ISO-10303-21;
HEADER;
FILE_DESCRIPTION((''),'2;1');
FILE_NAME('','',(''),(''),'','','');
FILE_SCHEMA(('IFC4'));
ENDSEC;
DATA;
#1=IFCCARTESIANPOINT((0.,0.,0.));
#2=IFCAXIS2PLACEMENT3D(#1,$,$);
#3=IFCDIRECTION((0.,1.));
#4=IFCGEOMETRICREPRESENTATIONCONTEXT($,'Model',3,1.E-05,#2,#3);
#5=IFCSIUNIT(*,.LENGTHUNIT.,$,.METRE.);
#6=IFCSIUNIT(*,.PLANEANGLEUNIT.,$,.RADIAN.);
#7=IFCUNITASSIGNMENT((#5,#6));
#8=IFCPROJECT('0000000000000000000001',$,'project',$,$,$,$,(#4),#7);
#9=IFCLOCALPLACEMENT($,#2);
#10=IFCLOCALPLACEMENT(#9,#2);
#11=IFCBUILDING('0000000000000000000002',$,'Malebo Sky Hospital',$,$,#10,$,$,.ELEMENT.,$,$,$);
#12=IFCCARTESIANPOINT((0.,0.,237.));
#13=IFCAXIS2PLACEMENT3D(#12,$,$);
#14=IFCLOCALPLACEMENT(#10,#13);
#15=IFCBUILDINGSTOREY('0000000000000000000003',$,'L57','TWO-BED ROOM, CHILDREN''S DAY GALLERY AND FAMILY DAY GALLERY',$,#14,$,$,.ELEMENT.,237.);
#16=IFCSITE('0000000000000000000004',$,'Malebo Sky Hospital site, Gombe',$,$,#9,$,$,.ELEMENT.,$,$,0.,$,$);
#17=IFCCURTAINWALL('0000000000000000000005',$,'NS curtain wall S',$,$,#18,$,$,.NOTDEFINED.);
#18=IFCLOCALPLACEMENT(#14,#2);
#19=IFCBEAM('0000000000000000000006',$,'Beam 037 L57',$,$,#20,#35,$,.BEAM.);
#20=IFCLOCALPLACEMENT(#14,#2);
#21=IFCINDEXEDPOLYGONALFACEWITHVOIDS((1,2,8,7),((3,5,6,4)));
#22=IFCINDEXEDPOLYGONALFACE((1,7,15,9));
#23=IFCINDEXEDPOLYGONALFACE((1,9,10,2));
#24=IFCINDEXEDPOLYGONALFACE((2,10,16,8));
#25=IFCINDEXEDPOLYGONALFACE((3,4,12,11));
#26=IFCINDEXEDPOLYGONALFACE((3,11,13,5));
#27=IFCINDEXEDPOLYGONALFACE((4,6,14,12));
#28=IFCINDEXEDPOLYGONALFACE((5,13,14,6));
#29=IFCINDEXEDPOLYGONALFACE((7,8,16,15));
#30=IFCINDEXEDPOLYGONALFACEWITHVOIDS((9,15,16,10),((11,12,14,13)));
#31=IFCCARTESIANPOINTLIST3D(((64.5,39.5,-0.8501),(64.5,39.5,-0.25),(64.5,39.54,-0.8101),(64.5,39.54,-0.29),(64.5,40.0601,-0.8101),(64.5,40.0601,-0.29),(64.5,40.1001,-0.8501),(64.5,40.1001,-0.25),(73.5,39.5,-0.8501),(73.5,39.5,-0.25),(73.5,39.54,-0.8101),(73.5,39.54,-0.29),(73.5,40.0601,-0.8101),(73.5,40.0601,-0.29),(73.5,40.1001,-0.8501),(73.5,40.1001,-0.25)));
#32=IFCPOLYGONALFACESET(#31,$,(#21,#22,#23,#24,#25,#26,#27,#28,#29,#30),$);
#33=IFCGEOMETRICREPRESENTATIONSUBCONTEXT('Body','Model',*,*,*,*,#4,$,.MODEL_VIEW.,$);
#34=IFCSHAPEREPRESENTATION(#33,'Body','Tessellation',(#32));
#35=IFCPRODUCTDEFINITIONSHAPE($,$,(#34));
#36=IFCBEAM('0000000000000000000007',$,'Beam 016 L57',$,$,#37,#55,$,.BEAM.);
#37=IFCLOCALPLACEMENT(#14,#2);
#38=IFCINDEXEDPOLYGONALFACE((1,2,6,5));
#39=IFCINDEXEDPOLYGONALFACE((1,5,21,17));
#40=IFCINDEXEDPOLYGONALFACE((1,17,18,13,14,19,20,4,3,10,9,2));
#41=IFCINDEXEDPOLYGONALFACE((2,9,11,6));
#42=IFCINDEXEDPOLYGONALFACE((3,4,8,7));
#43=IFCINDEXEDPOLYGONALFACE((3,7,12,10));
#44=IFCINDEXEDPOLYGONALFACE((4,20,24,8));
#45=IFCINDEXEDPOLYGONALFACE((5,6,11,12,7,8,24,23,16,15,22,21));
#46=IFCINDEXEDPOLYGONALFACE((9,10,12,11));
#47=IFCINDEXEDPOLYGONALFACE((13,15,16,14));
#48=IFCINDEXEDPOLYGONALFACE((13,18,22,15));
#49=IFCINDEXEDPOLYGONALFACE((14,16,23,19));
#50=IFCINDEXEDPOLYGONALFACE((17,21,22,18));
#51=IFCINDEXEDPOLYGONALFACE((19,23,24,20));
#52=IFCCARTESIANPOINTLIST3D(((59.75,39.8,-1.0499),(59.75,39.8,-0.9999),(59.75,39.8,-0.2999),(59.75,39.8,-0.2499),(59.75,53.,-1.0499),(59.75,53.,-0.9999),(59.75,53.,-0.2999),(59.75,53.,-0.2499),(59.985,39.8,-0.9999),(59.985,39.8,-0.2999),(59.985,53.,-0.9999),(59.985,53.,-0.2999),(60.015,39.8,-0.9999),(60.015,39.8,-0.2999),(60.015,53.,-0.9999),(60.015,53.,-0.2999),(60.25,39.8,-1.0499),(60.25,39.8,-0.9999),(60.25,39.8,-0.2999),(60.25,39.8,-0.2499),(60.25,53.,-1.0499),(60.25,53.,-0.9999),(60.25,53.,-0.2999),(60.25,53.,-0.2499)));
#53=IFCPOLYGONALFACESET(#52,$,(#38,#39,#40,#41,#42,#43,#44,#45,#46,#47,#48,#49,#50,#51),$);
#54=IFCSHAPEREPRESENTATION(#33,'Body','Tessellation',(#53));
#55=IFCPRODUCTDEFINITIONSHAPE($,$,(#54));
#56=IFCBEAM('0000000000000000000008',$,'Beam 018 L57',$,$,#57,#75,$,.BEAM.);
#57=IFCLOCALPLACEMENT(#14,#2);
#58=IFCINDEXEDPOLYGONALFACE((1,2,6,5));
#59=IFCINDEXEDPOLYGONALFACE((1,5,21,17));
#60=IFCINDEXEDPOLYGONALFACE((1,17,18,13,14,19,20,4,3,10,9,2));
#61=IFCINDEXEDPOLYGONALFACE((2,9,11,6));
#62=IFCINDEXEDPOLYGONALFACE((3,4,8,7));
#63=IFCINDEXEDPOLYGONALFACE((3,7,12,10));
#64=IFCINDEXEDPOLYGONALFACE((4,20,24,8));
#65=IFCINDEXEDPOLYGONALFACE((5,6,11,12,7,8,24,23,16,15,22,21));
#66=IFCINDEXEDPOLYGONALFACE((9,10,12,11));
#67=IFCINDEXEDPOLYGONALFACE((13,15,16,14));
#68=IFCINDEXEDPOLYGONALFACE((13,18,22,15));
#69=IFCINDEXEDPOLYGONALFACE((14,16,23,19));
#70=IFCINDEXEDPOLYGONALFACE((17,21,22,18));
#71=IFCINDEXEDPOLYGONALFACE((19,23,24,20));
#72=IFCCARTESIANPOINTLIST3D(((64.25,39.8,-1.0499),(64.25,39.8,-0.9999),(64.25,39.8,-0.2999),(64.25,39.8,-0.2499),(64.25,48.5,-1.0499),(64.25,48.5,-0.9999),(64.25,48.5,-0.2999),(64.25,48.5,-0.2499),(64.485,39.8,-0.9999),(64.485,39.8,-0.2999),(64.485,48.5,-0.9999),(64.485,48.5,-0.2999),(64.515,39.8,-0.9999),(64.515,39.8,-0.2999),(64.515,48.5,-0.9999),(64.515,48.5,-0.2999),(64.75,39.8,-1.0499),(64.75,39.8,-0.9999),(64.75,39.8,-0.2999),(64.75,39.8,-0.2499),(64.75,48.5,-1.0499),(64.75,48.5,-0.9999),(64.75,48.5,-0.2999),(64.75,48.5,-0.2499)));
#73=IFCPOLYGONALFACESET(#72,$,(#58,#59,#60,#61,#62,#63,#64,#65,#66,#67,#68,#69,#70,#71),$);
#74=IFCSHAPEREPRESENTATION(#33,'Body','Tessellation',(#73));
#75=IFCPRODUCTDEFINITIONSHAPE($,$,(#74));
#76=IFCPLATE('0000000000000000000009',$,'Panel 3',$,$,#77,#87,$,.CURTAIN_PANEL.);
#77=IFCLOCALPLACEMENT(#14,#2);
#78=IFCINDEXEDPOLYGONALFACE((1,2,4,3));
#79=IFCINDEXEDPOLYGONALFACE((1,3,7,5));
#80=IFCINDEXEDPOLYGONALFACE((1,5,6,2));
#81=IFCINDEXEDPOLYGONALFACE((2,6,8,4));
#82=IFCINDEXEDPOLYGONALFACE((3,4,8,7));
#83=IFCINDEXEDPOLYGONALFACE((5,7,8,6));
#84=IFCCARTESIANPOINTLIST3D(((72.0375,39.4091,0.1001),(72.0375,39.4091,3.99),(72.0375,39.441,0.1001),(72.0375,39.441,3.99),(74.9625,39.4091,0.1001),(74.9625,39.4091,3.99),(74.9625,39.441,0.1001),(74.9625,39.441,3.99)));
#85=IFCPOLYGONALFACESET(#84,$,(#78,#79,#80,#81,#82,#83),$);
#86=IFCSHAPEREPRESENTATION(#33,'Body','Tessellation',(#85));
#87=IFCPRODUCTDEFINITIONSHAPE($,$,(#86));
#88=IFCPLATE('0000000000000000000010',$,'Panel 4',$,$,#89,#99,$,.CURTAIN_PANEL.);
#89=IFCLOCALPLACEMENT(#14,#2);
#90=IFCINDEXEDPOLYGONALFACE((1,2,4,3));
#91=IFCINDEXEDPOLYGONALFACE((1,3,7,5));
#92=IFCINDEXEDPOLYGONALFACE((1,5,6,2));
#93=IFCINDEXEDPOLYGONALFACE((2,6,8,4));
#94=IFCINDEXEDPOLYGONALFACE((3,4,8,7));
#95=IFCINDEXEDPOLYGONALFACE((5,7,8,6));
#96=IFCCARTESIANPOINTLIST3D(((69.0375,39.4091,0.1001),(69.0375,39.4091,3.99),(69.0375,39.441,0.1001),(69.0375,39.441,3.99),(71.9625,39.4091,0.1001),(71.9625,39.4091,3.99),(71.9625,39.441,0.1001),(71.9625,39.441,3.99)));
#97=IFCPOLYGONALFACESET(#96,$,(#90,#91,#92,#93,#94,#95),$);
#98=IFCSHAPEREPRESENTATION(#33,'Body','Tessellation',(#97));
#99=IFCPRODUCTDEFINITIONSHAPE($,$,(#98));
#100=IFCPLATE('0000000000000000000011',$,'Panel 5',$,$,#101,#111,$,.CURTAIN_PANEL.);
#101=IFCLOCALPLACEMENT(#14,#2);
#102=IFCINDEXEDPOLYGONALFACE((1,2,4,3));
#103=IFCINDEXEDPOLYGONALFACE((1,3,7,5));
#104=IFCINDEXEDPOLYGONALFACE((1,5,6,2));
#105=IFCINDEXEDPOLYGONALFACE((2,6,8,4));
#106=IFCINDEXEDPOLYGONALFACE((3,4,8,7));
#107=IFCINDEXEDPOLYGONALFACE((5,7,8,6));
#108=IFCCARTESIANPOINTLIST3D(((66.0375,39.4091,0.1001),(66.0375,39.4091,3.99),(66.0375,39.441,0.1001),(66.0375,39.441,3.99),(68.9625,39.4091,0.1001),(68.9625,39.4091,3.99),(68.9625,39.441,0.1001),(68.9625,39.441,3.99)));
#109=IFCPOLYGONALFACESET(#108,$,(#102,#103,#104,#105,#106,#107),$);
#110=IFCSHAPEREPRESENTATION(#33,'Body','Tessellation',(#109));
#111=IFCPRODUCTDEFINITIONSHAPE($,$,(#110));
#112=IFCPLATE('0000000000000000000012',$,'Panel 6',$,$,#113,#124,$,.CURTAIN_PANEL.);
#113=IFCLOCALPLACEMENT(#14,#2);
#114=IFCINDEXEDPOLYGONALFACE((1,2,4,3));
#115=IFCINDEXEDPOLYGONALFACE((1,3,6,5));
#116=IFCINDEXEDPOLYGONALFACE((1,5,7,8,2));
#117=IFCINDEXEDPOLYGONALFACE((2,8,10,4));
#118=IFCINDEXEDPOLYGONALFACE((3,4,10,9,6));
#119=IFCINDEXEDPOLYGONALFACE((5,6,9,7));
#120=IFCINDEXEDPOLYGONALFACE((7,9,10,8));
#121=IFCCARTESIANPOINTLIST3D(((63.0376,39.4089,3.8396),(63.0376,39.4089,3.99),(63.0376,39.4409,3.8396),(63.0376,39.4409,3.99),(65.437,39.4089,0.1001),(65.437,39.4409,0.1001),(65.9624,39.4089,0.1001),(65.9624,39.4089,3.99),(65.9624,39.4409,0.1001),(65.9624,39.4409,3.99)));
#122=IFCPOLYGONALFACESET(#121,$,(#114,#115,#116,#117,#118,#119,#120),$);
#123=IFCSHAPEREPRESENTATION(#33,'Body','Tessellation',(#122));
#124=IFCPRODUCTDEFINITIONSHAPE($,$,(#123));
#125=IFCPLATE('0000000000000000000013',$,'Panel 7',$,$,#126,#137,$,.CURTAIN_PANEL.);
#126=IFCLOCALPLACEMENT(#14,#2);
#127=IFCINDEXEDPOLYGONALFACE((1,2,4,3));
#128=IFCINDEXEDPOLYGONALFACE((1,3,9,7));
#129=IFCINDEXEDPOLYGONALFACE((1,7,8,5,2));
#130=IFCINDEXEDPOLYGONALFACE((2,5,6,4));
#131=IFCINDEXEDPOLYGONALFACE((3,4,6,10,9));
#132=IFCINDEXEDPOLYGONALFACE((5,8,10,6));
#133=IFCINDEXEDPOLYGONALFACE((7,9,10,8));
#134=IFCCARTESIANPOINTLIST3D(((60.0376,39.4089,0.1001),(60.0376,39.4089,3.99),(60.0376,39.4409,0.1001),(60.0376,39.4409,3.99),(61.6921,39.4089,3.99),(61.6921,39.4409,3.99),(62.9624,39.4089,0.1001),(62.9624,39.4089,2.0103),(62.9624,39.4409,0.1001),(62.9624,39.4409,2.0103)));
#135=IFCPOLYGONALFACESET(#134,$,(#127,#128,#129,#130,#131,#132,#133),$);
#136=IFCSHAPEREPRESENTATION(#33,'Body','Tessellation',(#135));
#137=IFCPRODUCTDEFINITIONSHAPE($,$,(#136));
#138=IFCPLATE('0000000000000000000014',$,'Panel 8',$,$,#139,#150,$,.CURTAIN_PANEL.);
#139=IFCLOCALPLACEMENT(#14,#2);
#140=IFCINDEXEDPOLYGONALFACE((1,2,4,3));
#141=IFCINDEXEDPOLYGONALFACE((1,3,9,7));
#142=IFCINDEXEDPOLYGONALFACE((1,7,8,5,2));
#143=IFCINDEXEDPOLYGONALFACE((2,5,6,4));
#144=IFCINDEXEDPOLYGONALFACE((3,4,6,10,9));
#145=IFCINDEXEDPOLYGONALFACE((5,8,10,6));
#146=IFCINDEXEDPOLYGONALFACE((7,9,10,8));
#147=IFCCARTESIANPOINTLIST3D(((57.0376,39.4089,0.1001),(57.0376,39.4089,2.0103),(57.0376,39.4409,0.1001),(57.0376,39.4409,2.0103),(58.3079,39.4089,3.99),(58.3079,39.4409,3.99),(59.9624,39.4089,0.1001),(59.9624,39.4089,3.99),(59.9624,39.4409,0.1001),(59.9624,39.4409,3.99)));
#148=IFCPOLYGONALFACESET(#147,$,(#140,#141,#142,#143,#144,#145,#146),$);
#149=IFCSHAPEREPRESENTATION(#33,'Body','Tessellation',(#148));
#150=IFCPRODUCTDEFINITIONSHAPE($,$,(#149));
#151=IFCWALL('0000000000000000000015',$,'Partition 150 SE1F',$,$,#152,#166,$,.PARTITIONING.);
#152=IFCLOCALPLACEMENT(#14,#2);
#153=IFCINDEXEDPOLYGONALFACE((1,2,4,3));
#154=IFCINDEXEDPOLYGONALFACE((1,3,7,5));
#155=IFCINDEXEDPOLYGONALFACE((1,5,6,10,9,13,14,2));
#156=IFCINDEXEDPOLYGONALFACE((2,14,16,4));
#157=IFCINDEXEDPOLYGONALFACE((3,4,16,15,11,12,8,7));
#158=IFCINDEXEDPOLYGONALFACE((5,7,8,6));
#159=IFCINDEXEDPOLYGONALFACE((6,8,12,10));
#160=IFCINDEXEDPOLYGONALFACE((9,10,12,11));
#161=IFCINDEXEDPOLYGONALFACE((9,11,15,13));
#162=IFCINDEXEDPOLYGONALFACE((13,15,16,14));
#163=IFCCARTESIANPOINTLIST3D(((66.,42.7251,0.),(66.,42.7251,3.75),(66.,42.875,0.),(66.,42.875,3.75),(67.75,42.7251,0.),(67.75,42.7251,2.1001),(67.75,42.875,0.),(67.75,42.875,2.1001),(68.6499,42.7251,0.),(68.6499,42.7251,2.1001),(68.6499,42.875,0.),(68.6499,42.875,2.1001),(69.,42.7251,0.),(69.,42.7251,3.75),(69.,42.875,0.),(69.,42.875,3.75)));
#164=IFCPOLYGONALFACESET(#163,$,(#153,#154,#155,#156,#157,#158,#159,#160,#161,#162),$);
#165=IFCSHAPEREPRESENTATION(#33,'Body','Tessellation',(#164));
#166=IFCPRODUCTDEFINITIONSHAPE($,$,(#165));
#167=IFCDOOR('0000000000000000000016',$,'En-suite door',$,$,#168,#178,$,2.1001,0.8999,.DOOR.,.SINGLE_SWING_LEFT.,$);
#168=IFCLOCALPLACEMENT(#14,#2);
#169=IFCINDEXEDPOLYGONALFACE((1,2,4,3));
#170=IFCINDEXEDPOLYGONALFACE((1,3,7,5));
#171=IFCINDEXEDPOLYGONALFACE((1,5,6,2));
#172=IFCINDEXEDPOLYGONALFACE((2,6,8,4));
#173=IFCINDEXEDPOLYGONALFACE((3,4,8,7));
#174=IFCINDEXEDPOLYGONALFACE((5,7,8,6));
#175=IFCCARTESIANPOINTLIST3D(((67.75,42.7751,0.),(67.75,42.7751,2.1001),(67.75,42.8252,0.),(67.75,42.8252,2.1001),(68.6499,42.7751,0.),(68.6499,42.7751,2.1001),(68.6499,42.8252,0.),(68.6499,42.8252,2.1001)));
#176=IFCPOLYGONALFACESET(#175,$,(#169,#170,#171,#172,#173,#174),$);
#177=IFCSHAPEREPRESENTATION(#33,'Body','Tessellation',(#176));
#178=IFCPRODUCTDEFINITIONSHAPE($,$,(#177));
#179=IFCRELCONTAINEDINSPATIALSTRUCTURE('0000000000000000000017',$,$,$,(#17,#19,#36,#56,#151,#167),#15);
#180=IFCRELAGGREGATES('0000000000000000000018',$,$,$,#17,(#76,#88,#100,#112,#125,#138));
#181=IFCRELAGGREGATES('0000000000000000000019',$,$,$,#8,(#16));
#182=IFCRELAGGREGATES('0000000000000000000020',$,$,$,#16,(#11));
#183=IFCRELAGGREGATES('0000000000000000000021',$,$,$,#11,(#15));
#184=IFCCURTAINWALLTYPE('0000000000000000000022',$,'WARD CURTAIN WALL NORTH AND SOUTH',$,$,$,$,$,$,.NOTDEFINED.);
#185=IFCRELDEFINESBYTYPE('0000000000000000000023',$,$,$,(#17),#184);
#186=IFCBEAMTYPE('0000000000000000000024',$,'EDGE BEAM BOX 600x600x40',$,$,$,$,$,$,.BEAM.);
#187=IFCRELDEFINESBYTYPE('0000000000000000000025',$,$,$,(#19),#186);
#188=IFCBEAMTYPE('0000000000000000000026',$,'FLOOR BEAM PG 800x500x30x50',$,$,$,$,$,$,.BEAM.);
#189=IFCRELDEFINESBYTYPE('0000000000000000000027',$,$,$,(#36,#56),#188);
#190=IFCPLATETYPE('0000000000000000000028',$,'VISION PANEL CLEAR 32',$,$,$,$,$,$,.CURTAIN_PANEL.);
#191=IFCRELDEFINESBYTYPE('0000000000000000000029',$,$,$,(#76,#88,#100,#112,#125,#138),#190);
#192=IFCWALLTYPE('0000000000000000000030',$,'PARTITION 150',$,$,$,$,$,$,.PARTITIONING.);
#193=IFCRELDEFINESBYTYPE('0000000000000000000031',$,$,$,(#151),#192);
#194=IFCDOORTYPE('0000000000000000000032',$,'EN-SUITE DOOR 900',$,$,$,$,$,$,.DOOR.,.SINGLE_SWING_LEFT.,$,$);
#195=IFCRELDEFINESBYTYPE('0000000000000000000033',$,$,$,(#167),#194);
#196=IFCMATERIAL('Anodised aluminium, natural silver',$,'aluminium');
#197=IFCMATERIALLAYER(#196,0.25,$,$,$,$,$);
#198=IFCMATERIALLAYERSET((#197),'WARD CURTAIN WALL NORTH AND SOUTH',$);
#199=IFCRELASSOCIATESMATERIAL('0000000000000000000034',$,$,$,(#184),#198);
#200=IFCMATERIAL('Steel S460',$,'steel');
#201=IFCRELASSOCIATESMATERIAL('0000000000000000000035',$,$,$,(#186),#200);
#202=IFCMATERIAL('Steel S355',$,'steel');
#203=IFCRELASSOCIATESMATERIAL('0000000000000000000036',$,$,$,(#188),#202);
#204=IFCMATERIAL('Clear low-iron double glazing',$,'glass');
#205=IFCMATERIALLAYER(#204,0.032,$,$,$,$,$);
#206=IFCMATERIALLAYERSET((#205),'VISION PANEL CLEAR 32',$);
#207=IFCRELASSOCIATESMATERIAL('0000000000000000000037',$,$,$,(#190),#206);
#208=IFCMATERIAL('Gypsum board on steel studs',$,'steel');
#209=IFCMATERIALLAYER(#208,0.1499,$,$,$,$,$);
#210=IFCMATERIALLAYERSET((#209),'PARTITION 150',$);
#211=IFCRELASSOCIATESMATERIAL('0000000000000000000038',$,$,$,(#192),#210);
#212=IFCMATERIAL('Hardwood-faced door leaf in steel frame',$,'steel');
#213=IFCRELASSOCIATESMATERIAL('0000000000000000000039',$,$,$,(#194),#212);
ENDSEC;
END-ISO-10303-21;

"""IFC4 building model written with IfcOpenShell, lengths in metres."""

from ifc_helpers import new_model, si_unit, direction, frame, frame_2d, origin, origin_2d, place, context, subcontext, project, spatial, polyline, rectangle, hollow_rectangle, i_section, outline, extrude, material, layer, layer_set, material_profile, profile_set, type_object, element, fill, aggregate, save


model = new_model("IFC4")

# Units and contexts
model_context = context("Model", 3, precision=1e-05, world=origin(), true_north=direction((0.0, 1.0)))
body_context = subcontext(model_context, "Body", "Model", "MODEL_VIEW")
ifc_project = project(units=[si_unit("LENGTHUNIT", "METRE"), si_unit("PLANEANGLEUNIT", "RADIAN")], contexts=[model_context])

# Site, building, storey
site_placement = place(None, origin())
site = spatial("IfcSite", under=ifc_project, at=site_placement, Name="Malebo Sky Hospital site, Gombe", CompositionType="ELEMENT", RefElevation=0.0)
building_placement = place(site_placement, origin())
building = spatial("IfcBuilding", under=site, at=building_placement, Name="Malebo Sky Hospital", CompositionType="ELEMENT")
storey_placement = place(building_placement, frame((0.0, 0.0, 237.0)))
storey = spatial("IfcBuildingStorey", under=building, at=storey_placement, Name="L57", Description="TWO-BED ROOM, CHILDREN'S DAY GALLERY AND FAMILY DAY GALLERY", CompositionType="ELEMENT", Elevation=237.0)

# Shared definitions
ifc_material_1 = material(Name="Steel S460", Category="steel")

# Curtain wall
ifc_material_2 = material(Name="Anodised aluminium, natural silver", Category="aluminium")
ifc_layer_1 = layer(ifc_material_2, 0.25)
ifc_layer_set_1 = layer_set([ifc_layer_1], Name="WARD CURTAIN WALL NORTH AND SOUTH")
curtain_wall_type = type_object("IfcCurtainWallType", Name="WARD CURTAIN WALL NORTH AND SOUTH", PredefinedType="NOTDEFINED", material=ifc_layer_set_1)
curtain_wall_placement = place(storey_placement, origin())
curtain_wall = element("IfcCurtainWall", 1, at=curtain_wall_placement, inside=storey, type_object=curtain_wall_type, Name="NS curtain wall S", PredefinedType="NOTDEFINED")

# Shared definitions
ifc_material_3 = material(Name="Steel S355", Category="steel")

# Beams
ifc_material_profile_1 = material_profile(ifc_material_1, hollow_rectangle(XDim=0.6001, YDim=0.6001, WallThickness=0.04, at=origin_2d()), Name="BOX 600x600x40")
ifc_profile_set_1 = profile_set([ifc_material_profile_1], Name="Steel S460")
beam_type_1 = type_object("IfcBeamType", Name="EDGE BEAM BOX 600x600x40", PredefinedType="BEAM", material=ifc_profile_set_1)
beam_1_placement = place(storey_placement, frame((64.5, 39.8, -0.55), z_axis=(1.0, 0.0, 0.0), x_axis=(0.0, 1.0, 0.0)))
element("IfcBeam", 2, at=beam_1_placement, inside=storey, type_object=beam_type_1, Name="Beam 037 L57", PredefinedType="BEAM", context=body_context, shape_type="SweptSolid", body=[
    extrude(hollow_rectangle(XDim=0.6001, YDim=0.6001, WallThickness=0.04, at=origin_2d()), origin(), (0.0, 0.0, 1.0), 9.0),
])
ifc_material_profile_2 = material_profile(ifc_material_3, i_section(OverallWidth=0.5, OverallDepth=0.8, WebThickness=0.03, FlangeThickness=0.05, at=origin_2d()), Name="PG 800x500x30x50")
ifc_profile_set_2 = profile_set([ifc_material_profile_2], Name="Steel S355")
beam_type_2 = type_object("IfcBeamType", Name="FLOOR BEAM PG 800x500x30x50", PredefinedType="BEAM", material=ifc_profile_set_2)
beam_2_placement = place(storey_placement, frame((60.0, 39.8, -0.6499), z_axis=(0.0, 1.0, 0.0), x_axis=(-1.0, 0.0, 0.0)))
element("IfcBeam", 3, at=beam_2_placement, inside=storey, type_object=beam_type_2, Name="Beam 016 L57", PredefinedType="BEAM", context=body_context, shape_type="SweptSolid", body=[
    extrude(i_section(OverallWidth=0.5, OverallDepth=0.8, WebThickness=0.03, FlangeThickness=0.05, at=origin_2d()), origin(), (0.0, 0.0, 1.0), 13.2),
])
beam_3_placement = place(storey_placement, frame((64.5, 39.8, -0.6499), z_axis=(0.0, 1.0, 0.0), x_axis=(-1.0, 0.0, 0.0)))
element("IfcBeam", 4, at=beam_3_placement, inside=storey, type_object=beam_type_2, Name="Beam 018 L57", PredefinedType="BEAM", context=body_context, shape_type="SweptSolid", body=[
    extrude(i_section(OverallWidth=0.5, OverallDepth=0.8, WebThickness=0.03, FlangeThickness=0.05, at=origin_2d()), origin(), (0.0, 0.0, 1.0), 8.7),
])

# Plates
ifc_material_4 = material(Name="Clear low-iron double glazing", Category="glass")
ifc_layer_2 = layer(ifc_material_4, 0.032)
ifc_layer_set_2 = layer_set([ifc_layer_2], Name="VISION PANEL CLEAR 32")
plate_type = type_object("IfcPlateType", Name="VISION PANEL CLEAR 32", PredefinedType="CURTAIN_PANEL", material=ifc_layer_set_2)
plate_1_placement = place(storey_placement, frame((73.5, 39.425, 0.1001), z_axis=(0.0, 0.0, 1.0), x_axis=(-1.0, 0.0, 0.0)))
plate_1 = element("IfcPlate", 5, at=plate_1_placement, type_object=plate_type, Name="Panel 3", PredefinedType="CURTAIN_PANEL", context=body_context, shape_type="SweptSolid", body=[
    extrude(rectangle(XDim=2.925, YDim=0.032, at=origin_2d()), origin(), (0.0, 0.0, 1.0), 3.8899),
])
plate_2_placement = place(storey_placement, frame((70.5, 39.425, 0.1001), z_axis=(0.0, 0.0, 1.0), x_axis=(-1.0, 0.0, 0.0)))
plate_2 = element("IfcPlate", 6, at=plate_2_placement, type_object=plate_type, Name="Panel 4", PredefinedType="CURTAIN_PANEL", context=body_context, shape_type="SweptSolid", body=[
    extrude(rectangle(XDim=2.925, YDim=0.032, at=origin_2d()), origin(), (0.0, 0.0, 1.0), 3.8899),
])
plate_3_placement = place(storey_placement, frame((67.5, 39.425, 0.1001), z_axis=(0.0, 0.0, 1.0), x_axis=(-1.0, 0.0, 0.0)))
plate_3 = element("IfcPlate", 7, at=plate_3_placement, type_object=plate_type, Name="Panel 5", PredefinedType="CURTAIN_PANEL", context=body_context, shape_type="SweptSolid", body=[
    extrude(rectangle(XDim=2.925, YDim=0.032, at=origin_2d()), origin(), (0.0, 0.0, 1.0), 3.8899),
])
plate_4_placement = place(storey_placement, frame((64.5, 39.425, 0.1001), z_axis=(0.0, 0.0, 1.0), x_axis=(-1.0, 0.0, 0.0)))
plate_4 = element("IfcPlate", 8, at=plate_4_placement, type_object=plate_type, Name="Panel 6", PredefinedType="CURTAIN_PANEL", context=body_context, shape_type="SweptSolid", body=[
    extrude(outline(polyline([(-1.4624, 0.0), (-0.937, 0.0), (1.4624, 3.7395), (1.4624, 3.8899), (-1.4624, 3.8899), (-1.4624, 0.0)])), frame((0.0, 0.0161, 0.0), z_axis=(0.0, -1.0, 0.0), x_axis=(1.0, 0.0, 0.0)), (0.0, 0.0, 1.0), 0.032),
])
plate_5_placement = place(storey_placement, frame((61.5, 39.425, 0.1001), z_axis=(0.0, 0.0, 1.0), x_axis=(-1.0, 0.0, 0.0)))
plate_5 = element("IfcPlate", 9, at=plate_5_placement, type_object=plate_type, Name="Panel 7", PredefinedType="CURTAIN_PANEL", context=body_context, shape_type="SweptSolid", body=[
    extrude(outline(polyline([(-1.4624, 0.0), (1.4624, 0.0), (1.4624, 3.8899), (-0.1921, 3.8899), (-1.4624, 1.9102), (-1.4624, 0.0)])), frame((0.0, 0.0161, 0.0), z_axis=(0.0, -1.0, 0.0), x_axis=(1.0, 0.0, 0.0)), (0.0, 0.0, 1.0), 0.032),
])
plate_6_placement = place(storey_placement, frame((58.5, 39.425, 0.1001), z_axis=(0.0, 0.0, 1.0), x_axis=(-1.0, 0.0, 0.0)))
plate_6 = element("IfcPlate", 10, at=plate_6_placement, type_object=plate_type, Name="Panel 8", PredefinedType="CURTAIN_PANEL", context=body_context, shape_type="SweptSolid", body=[
    extrude(outline(polyline([(-1.4624, 0.0), (1.4624, 0.0), (1.4624, 1.9102), (0.1921, 3.8899), (-1.4624, 3.8899), (-1.4624, 0.0)])), frame((0.0, 0.0161, 0.0), z_axis=(0.0, -1.0, 0.0), x_axis=(1.0, 0.0, 0.0)), (0.0, 0.0, 1.0), 0.032),
])
aggregate(curtain_wall, [plate_1, plate_2, plate_3, plate_4, plate_5, plate_6])

# Wall, opening, door
ifc_material_5 = material(Name="Gypsum board on steel studs", Category="steel")
ifc_layer_3 = layer(ifc_material_5, 0.1499)
ifc_layer_set_3 = layer_set([ifc_layer_3], Name="PARTITION 150")
wall_type = type_object("IfcWallType", Name="PARTITION 150", PredefinedType="PARTITIONING", material=ifc_layer_set_3)
wall_1_placement = place(storey_placement, frame((69.0, 42.8, 0.0), z_axis=(0.0, 0.0, 1.0), x_axis=(-1.0, 0.0, 0.0)))
wall_1 = element("IfcWall", 11, at=wall_1_placement, inside=storey, type_object=wall_type, Name="Partition 150 SE1F", PredefinedType="PARTITIONING", context=body_context, shape_type="SweptSolid", body=[
    extrude(rectangle(XDim=3.0, YDim=0.1499, at=frame_2d((1.5, 0.0))), origin(), (0.0, 0.0, 1.0), 3.75),
])
opening_1_placement = place(wall_1_placement, frame((0.3501, 0.0, 0.0)))
opening_1 = element("IfcOpeningElement", 12, at=opening_1_placement, cuts=wall_1, PredefinedType="OPENING", context=body_context, shape_type="SweptSolid", body=[
    extrude(rectangle(XDim=0.8999, YDim=2.1001, at=frame_2d((0.45, 1.05))), frame((0.0, 0.085, 0.0), z_axis=(0.0, -1.0, 0.0), x_axis=(1.0, 0.0, 0.0)), (0.0, 0.0, 1.0), 0.1699),
])
ifc_material_6 = material(Name="Hardwood-faced door leaf in steel frame", Category="steel")
door_type = type_object("IfcDoorType", Name="EN-SUITE DOOR 900", OperationType="SINGLE_SWING_LEFT", PredefinedType="DOOR", material=ifc_material_6)
door_1_placement = place(opening_1_placement, origin())
door_1 = element("IfcDoor", 13, at=door_1_placement, inside=storey, type_object=door_type, Name="En-suite door", OperationType="SINGLE_SWING_LEFT", OverallHeight=2.1001, OverallWidth=0.8999, PredefinedType="DOOR", context=body_context, shape_type="SweptSolid", body=[
    extrude(rectangle(XDim=0.8999, YDim=2.1001, at=frame_2d((0.45, 1.05))), frame((0.0, 0.0249, 0.0), z_axis=(0.0, -1.0, 0.0), x_axis=(1.0, 0.0, 0.0)), (0.0, 0.0, 1.0), 0.05),
])
fill(opening_1, door_1)

save(model, "model.ifc")
